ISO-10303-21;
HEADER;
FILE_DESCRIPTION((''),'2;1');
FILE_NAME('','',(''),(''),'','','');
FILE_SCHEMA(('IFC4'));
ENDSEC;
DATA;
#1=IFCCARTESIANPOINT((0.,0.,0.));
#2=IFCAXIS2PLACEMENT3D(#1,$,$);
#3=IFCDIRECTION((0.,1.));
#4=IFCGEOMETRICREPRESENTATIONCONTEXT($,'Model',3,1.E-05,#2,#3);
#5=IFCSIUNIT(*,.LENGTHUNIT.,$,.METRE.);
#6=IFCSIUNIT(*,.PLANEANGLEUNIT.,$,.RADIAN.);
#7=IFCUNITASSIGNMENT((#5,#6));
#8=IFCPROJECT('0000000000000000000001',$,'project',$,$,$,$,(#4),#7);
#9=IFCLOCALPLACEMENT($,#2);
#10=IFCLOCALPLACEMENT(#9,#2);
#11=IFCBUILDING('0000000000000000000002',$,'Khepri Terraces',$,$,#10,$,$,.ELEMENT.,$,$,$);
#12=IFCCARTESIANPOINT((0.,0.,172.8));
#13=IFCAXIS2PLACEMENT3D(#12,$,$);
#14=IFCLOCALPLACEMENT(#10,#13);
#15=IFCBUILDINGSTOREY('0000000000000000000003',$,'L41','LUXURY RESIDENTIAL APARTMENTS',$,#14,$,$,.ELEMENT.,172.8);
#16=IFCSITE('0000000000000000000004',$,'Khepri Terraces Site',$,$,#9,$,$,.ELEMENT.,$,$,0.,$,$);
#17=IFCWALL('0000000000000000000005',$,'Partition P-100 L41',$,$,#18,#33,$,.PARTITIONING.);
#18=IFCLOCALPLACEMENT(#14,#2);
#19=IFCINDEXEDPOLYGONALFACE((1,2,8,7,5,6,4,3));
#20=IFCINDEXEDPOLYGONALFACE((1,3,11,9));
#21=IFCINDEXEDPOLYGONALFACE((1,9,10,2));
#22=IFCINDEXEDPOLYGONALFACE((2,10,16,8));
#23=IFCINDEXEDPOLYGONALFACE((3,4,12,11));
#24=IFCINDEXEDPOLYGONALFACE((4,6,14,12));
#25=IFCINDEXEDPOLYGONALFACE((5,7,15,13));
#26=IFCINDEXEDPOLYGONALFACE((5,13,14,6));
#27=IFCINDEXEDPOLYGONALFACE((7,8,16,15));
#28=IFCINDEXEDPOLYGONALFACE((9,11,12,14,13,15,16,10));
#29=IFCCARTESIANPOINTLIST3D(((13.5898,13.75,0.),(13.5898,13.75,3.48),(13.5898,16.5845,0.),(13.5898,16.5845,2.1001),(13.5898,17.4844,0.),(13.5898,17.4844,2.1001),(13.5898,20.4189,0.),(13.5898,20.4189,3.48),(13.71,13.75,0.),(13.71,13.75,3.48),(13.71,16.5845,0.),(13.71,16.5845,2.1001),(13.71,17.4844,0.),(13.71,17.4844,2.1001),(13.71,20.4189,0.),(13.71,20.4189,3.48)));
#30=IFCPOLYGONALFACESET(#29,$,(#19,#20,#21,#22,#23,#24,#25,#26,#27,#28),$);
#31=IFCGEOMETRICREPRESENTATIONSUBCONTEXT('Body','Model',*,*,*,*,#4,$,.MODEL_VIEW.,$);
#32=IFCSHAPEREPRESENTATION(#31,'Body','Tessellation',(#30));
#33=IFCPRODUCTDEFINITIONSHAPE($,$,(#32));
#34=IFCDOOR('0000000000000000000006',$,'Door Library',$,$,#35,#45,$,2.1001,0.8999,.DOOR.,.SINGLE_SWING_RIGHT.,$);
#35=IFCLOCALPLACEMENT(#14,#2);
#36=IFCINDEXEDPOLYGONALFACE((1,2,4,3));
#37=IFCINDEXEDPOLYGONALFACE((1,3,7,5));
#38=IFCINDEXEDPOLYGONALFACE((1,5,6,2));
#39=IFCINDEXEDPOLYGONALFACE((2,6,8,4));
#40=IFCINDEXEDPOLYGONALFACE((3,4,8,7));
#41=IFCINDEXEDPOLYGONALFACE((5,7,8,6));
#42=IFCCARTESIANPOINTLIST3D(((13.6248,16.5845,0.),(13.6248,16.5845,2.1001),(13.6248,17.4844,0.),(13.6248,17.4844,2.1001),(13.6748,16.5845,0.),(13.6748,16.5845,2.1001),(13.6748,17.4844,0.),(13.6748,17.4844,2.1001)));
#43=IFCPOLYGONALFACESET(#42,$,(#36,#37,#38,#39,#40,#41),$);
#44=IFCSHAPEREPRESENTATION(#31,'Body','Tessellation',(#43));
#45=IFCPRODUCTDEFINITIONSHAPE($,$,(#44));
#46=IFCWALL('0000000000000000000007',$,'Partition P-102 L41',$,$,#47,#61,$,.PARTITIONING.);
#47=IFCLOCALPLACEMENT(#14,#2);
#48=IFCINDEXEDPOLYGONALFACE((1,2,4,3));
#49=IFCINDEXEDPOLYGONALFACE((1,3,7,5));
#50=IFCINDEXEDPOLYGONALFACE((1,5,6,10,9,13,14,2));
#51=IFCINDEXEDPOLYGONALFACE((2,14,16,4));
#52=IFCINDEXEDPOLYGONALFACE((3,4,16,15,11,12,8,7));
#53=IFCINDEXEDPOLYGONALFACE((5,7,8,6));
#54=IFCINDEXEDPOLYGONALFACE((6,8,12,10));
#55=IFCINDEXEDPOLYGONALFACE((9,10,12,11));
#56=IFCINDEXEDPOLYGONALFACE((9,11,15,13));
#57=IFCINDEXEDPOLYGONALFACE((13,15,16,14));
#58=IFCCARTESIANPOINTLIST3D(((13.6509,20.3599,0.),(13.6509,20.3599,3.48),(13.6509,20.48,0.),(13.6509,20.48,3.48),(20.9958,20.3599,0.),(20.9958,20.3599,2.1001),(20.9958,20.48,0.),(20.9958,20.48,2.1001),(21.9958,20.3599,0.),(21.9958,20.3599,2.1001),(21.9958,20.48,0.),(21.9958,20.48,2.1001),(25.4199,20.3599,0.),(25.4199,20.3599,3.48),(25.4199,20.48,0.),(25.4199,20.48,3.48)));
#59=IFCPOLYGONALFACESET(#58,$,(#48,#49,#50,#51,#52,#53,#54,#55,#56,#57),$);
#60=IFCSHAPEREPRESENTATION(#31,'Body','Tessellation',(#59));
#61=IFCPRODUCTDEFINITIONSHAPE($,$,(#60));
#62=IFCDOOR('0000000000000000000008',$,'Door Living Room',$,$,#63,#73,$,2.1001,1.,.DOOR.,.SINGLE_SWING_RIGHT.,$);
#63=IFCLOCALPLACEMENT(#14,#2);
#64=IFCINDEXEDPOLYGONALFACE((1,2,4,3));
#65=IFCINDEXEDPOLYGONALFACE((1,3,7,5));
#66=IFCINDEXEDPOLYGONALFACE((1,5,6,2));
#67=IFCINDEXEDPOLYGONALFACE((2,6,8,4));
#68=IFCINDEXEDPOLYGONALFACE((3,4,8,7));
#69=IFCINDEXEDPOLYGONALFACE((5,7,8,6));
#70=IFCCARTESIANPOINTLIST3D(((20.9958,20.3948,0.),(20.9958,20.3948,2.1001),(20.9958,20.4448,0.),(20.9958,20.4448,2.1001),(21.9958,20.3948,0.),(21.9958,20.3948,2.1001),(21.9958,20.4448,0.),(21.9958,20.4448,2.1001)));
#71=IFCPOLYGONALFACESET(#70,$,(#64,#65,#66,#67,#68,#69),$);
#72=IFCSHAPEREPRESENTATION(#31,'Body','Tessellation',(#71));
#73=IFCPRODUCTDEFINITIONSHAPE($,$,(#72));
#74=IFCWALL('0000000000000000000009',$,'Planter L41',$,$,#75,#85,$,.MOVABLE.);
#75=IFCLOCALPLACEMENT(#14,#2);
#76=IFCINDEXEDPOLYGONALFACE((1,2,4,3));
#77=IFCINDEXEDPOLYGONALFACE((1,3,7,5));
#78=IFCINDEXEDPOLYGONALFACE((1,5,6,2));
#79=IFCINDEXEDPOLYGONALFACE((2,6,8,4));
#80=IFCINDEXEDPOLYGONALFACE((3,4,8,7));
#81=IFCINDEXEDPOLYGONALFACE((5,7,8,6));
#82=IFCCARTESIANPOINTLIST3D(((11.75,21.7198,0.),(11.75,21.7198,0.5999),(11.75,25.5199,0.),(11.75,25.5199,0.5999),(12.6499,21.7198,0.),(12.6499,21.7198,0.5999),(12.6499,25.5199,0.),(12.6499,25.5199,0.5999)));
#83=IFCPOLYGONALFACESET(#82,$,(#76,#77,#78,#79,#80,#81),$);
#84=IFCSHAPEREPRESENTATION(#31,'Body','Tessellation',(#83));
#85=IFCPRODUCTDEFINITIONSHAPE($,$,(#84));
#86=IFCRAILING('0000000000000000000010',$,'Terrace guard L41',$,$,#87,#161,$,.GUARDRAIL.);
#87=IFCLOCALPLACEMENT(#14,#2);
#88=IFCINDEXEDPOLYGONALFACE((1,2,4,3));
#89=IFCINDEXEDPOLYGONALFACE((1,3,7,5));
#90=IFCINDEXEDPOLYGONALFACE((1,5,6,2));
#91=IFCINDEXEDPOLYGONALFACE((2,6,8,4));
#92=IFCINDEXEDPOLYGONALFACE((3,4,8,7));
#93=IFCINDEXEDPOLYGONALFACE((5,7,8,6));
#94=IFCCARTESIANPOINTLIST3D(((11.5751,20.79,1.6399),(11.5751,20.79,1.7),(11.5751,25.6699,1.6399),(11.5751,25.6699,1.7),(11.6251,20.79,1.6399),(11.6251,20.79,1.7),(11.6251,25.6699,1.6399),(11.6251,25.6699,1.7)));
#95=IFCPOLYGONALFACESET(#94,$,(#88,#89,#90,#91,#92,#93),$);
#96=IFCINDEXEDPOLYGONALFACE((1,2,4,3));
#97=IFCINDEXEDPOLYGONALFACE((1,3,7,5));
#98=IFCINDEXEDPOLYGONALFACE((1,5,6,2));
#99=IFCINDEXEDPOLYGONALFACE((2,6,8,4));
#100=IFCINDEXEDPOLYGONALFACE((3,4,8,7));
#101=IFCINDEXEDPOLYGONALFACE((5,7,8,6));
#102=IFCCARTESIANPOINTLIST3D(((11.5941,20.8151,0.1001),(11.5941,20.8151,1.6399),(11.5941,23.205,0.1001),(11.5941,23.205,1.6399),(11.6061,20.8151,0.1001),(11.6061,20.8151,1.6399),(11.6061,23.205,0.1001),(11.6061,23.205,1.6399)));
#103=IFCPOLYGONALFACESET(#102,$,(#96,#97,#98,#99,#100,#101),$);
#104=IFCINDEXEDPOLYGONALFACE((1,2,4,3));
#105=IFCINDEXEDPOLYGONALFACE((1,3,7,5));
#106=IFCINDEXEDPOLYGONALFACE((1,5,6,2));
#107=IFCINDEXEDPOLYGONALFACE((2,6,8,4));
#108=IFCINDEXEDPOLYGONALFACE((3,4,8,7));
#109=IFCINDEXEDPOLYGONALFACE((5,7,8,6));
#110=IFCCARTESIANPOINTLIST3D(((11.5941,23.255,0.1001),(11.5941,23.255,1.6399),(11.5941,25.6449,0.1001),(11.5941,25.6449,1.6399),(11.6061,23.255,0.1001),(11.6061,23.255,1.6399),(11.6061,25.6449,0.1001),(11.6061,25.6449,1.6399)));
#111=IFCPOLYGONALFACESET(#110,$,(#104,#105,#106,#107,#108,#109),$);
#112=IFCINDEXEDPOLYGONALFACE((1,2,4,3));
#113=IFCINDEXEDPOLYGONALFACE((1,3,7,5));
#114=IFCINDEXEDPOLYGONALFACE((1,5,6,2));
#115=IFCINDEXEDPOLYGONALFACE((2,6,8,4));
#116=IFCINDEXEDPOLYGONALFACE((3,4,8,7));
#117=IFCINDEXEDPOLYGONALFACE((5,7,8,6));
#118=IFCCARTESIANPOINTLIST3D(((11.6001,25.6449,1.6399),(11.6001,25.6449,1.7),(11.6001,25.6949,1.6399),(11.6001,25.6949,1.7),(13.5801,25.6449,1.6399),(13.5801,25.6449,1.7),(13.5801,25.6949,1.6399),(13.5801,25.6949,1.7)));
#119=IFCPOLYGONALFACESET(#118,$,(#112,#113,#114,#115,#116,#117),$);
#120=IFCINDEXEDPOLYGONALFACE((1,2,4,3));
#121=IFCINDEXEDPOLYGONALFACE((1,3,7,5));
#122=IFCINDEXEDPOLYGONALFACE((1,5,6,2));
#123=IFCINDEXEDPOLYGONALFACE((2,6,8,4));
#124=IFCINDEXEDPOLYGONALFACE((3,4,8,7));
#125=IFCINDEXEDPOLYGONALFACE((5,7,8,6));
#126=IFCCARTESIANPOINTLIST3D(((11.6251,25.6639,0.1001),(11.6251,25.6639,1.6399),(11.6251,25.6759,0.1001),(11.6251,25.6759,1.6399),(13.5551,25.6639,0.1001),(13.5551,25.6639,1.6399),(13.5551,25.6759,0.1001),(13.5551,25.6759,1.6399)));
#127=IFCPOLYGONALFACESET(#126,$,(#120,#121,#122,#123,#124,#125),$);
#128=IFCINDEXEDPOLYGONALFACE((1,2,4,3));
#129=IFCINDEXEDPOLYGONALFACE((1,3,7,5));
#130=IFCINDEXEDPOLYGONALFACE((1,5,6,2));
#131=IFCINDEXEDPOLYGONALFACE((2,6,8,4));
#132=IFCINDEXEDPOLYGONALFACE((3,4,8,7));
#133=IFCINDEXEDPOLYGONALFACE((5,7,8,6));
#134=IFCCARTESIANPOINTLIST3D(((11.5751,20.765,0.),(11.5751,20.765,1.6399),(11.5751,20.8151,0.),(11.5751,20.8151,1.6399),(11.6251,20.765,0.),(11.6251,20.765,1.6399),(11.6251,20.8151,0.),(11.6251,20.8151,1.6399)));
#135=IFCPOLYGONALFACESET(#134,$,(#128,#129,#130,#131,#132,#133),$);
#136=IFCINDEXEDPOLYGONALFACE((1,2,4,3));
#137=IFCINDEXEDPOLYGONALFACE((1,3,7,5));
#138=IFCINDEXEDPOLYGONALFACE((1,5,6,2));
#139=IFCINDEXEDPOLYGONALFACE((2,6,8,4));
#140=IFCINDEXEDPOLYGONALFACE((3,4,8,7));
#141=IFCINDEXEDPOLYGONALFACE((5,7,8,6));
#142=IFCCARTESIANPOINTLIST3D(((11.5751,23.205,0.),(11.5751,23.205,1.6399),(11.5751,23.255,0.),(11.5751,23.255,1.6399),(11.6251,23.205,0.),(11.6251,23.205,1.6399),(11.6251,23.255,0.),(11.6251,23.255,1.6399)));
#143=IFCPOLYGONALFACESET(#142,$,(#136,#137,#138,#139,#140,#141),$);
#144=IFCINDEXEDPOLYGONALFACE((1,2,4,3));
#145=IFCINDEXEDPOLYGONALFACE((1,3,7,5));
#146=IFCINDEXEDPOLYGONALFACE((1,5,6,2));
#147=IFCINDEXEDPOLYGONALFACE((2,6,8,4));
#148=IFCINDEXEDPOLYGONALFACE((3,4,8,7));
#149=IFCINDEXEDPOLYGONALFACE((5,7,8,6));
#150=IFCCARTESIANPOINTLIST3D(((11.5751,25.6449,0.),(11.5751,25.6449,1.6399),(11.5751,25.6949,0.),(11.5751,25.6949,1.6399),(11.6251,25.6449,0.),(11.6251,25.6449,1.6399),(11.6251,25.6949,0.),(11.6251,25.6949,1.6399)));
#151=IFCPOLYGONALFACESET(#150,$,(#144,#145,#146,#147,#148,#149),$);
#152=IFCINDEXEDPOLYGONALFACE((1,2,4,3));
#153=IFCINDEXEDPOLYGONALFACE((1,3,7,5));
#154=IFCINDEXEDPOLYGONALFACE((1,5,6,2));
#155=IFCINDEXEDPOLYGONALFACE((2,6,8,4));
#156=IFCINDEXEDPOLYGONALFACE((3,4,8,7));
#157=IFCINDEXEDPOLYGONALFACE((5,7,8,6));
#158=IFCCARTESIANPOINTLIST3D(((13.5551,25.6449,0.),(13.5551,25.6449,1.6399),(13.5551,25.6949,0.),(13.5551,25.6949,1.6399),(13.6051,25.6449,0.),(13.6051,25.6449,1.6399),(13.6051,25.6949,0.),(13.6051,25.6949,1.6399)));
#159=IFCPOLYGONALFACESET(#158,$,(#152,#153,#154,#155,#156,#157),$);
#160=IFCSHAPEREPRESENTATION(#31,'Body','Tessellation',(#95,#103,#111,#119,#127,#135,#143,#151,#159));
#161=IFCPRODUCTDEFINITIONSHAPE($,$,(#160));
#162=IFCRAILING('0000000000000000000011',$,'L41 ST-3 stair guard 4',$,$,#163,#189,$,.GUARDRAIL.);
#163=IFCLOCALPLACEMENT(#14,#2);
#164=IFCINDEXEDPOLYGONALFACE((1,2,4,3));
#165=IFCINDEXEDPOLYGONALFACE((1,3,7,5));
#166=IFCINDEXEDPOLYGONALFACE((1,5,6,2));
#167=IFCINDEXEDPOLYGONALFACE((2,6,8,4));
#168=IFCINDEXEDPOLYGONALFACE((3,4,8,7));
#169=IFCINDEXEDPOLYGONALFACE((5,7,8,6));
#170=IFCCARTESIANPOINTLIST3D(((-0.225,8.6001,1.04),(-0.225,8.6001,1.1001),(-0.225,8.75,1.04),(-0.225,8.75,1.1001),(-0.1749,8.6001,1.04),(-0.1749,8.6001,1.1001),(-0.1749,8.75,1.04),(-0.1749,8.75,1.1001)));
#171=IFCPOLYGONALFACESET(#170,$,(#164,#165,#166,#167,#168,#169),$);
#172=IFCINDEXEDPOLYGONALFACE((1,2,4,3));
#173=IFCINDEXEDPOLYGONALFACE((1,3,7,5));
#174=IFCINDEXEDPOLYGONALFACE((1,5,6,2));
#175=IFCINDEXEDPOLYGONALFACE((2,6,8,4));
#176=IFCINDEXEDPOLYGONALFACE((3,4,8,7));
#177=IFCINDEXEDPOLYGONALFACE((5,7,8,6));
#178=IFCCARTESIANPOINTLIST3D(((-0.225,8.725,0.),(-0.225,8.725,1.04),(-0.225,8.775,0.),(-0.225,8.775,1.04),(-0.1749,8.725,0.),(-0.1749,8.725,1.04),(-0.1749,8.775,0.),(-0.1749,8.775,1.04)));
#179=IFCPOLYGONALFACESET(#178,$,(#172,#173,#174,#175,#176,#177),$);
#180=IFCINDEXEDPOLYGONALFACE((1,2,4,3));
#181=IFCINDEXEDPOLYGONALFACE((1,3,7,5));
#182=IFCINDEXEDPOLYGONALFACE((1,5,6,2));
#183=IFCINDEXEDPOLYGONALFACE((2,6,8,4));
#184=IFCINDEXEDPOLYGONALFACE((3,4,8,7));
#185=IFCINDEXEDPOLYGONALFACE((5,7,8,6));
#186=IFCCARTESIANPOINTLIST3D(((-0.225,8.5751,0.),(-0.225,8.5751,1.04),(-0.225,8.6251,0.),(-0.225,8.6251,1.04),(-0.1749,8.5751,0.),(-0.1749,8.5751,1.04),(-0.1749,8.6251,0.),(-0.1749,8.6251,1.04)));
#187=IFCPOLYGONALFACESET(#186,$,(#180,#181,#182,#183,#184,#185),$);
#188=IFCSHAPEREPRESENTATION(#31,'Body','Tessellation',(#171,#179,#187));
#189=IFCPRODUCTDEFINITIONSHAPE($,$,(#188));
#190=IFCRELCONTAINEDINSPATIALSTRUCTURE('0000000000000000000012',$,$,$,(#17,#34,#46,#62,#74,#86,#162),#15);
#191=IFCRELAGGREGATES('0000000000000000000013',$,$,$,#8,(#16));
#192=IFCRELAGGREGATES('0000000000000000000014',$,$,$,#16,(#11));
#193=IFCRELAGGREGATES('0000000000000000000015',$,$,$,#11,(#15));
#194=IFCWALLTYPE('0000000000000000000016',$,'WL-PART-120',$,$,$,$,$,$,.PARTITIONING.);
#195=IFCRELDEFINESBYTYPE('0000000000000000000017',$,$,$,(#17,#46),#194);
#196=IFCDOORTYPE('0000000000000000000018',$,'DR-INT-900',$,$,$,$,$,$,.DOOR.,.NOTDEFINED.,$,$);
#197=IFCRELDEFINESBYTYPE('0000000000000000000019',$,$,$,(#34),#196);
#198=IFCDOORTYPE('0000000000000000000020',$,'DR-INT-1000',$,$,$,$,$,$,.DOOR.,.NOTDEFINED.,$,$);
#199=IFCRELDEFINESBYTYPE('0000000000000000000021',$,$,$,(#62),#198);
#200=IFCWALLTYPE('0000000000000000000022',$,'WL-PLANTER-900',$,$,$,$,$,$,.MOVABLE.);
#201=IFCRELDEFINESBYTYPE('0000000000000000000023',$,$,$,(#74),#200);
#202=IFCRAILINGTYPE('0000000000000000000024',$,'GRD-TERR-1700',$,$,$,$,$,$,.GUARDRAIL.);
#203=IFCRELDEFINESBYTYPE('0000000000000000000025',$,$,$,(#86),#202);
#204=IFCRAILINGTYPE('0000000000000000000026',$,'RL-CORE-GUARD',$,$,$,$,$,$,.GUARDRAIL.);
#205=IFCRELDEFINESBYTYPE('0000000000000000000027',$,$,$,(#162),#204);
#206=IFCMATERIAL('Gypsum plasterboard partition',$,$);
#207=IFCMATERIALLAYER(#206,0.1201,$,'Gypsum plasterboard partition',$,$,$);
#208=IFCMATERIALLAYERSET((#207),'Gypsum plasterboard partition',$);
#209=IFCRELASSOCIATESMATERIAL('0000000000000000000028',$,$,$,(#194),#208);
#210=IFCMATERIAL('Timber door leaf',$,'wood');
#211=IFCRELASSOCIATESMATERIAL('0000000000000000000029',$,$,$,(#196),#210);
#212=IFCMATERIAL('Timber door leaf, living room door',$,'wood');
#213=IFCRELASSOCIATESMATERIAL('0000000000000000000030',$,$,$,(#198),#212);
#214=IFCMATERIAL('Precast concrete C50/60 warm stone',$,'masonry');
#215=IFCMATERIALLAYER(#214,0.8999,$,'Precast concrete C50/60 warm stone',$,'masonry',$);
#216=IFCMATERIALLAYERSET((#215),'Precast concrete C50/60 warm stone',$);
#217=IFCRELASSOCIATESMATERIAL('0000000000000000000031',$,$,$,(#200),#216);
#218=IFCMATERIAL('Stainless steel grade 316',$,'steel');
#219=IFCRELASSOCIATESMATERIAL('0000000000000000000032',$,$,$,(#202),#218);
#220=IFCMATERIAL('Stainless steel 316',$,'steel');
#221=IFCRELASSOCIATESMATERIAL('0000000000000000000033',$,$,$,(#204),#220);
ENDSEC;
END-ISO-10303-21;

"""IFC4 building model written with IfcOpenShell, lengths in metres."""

from ifc_helpers import new_model, si_unit, direction, frame, frame_2d, origin, origin_2d, place, context, subcontext, project, spatial, rectangle, extrude, material, layer, layer_set, type_object, element, fill, save


model = new_model("IFC4")

# Units and contexts
model_context = context("Model", 3, precision=1e-05, world=origin(), true_north=direction((0.0, 1.0)))
body_context = subcontext(model_context, "Body", "Model", "MODEL_VIEW")
ifc_project = project(units=[si_unit("LENGTHUNIT", "METRE"), si_unit("PLANEANGLEUNIT", "RADIAN")], contexts=[model_context])

# Site, building, storey
site_placement = place(None, origin())
site = spatial("IfcSite", under=ifc_project, at=site_placement, Name="Khepri Terraces Site", CompositionType="ELEMENT", RefElevation=0.0)
building_placement = place(site_placement, origin())
building = spatial("IfcBuilding", under=site, at=building_placement, Name="Khepri Terraces", CompositionType="ELEMENT")
storey_placement = place(building_placement, frame((0.0, 0.0, 172.8)))
storey = spatial("IfcBuildingStorey", under=building, at=storey_placement, Name="L41", Description="LUXURY RESIDENTIAL APARTMENTS", CompositionType="ELEMENT", Elevation=172.8)

# Shared definitions
ifc_material_1 = material(Name="Precast concrete C50/60 warm stone", Category="masonry")

# Shared definitions
ifc_material_2 = material(Name="Gypsum plasterboard partition")
ifc_layer_1 = layer(ifc_material_2, 0.1201, Name="Gypsum plasterboard partition")
ifc_layer_set_1 = layer_set([ifc_layer_1], Name="Gypsum plasterboard partition")
wall_type_1 = type_object("IfcWallType", Name="WL-PART-120", PredefinedType="PARTITIONING", material=ifc_layer_set_1)

# Walls, openings, doors
wall_1_placement = place(storey_placement, frame((13.6499, 13.75, 0.0), z_axis=(0.0, 0.0, 1.0), x_axis=(0.0, 1.0, 0.0)))
wall_1 = element("IfcWall", 1, at=wall_1_placement, inside=storey, type_object=wall_type_1, Name="Partition P-100 L41", PredefinedType="PARTITIONING", context=body_context, shape_type="SweptSolid", body=[
    extrude(rectangle(XDim=6.6689, YDim=0.1201, at=frame_2d((3.3345, 0.0))), origin(), (0.0, 0.0, 1.0), 3.48),
])
opening_1_placement = place(wall_1_placement, frame((2.8345, 0.0, 0.0)))
opening_1 = element("IfcOpeningElement", 2, at=opening_1_placement, cuts=wall_1, PredefinedType="OPENING", context=body_context, shape_type="SweptSolid", body=[
    extrude(rectangle(XDim=0.8999, YDim=2.1001, at=frame_2d((0.45, 1.05))), frame((0.0, 0.0701, 0.0), z_axis=(0.0, -1.0, 0.0), x_axis=(1.0, 0.0, 0.0)), (0.0, 0.0, 1.0), 0.1401),
])
ifc_material_3 = material(Name="Timber door leaf", Category="wood")
door_type_1 = type_object("IfcDoorType", Name="DR-INT-900", OperationType="NOTDEFINED", PredefinedType="DOOR", material=ifc_material_3)
door_1_placement = place(opening_1_placement, frame((0.8999, 0.0, 0.0), z_axis=(0.0, 0.0, 1.0), x_axis=(-1.0, 0.0, 0.0)))
door_1 = element("IfcDoor", 3, at=door_1_placement, inside=storey, type_object=door_type_1, Name="Door Library", OperationType="SINGLE_SWING_RIGHT", OverallHeight=2.1001, OverallWidth=0.8999, PredefinedType="DOOR", context=body_context, shape_type="SweptSolid", body=[
    extrude(rectangle(XDim=0.8999, YDim=2.1001, at=frame_2d((0.45, 1.05))), frame((0.0, 0.0249, 0.0), z_axis=(0.0, -1.0, 0.0), x_axis=(1.0, 0.0, 0.0)), (0.0, 0.0, 1.0), 0.05),
])
fill(opening_1, door_1)
wall_2_placement = place(storey_placement, frame((13.6509, 20.4199, 0.0), z_axis=(0.0, 0.0, 1.0), x_axis=(1.0, 0.0, 0.0)))
wall_2 = element("IfcWall", 4, at=wall_2_placement, inside=storey, type_object=wall_type_1, Name="Partition P-102 L41", PredefinedType="PARTITIONING", context=body_context, shape_type="SweptSolid", body=[
    extrude(rectangle(XDim=11.769, YDim=0.1201, at=frame_2d((5.8845, 0.0))), origin(), (0.0, 0.0, 1.0), 3.48),
])
opening_2_placement = place(wall_2_placement, frame((7.345, 0.0, 0.0)))
opening_2 = element("IfcOpeningElement", 5, at=opening_2_placement, cuts=wall_2, PredefinedType="OPENING", context=body_context, shape_type="SweptSolid", body=[
    extrude(rectangle(XDim=1.0, YDim=2.1001, at=frame_2d((0.5, 1.05))), frame((0.0, 0.0701, 0.0), z_axis=(0.0, -1.0, 0.0), x_axis=(1.0, 0.0, 0.0)), (0.0, 0.0, 1.0), 0.1401),
])
ifc_material_4 = material(Name="Timber door leaf, living room door", Category="wood")
door_type_2 = type_object("IfcDoorType", Name="DR-INT-1000", OperationType="NOTDEFINED", PredefinedType="DOOR", material=ifc_material_4)
door_2_placement = place(opening_2_placement, origin())
door_2 = element("IfcDoor", 6, at=door_2_placement, inside=storey, type_object=door_type_2, Name="Door Living Room", OperationType="SINGLE_SWING_RIGHT", OverallHeight=2.1001, OverallWidth=1.0, PredefinedType="DOOR", context=body_context, shape_type="SweptSolid", body=[
    extrude(rectangle(XDim=1.0, YDim=2.1001, at=frame_2d((0.5, 1.05))), frame((0.0, 0.0249, 0.0), z_axis=(0.0, -1.0, 0.0), x_axis=(1.0, 0.0, 0.0)), (0.0, 0.0, 1.0), 0.05),
])
fill(opening_2, door_2)

# Wall
ifc_layer_2 = layer(ifc_material_1, 0.8999, Name="Precast concrete C50/60 warm stone", Category="masonry")
ifc_layer_set_2 = layer_set([ifc_layer_2], Name="Precast concrete C50/60 warm stone")
wall_type_2 = type_object("IfcWallType", Name="WL-PLANTER-900", PredefinedType="MOVABLE", material=ifc_layer_set_2)
wall_3_placement = place(storey_placement, frame((12.2, 21.72, 0.0), z_axis=(0.0, 0.0, 1.0), x_axis=(0.0, 1.0, 0.0)))
element("IfcWall", 7, at=wall_3_placement, inside=storey, type_object=wall_type_2, Name="Planter L41", PredefinedType="MOVABLE", context=body_context, shape_type="SweptSolid", body=[
    extrude(rectangle(XDim=3.8, YDim=0.8999, at=frame_2d((1.8999, 0.0))), origin(), (0.0, 0.0, 1.0), 0.5999),
])

# Railings
ifc_material_5 = material(Name="Stainless steel grade 316", Category="steel")
railing_type_1 = type_object("IfcRailingType", Name="GRD-TERR-1700", PredefinedType="GUARDRAIL", material=ifc_material_5)
railing_1_placement = place(storey_placement, frame((11.6001, 20.79, 0.0)))
element("IfcRailing", 8, at=railing_1_placement, inside=storey, type_object=railing_type_1, Name="Terrace guard L41", PredefinedType="GUARDRAIL", context=body_context, shape_type="SweptSolid", body=[
    extrude(rectangle(XDim=0.05, YDim=0.0601, at=origin_2d()), frame((0.0, 0.0, 1.6699), z_axis=(0.0, 1.0, 0.0), x_axis=(-1.0, 0.0, 0.0)), (0.0, 0.0, 1.0), 4.8799),
    extrude(rectangle(XDim=2.3899, YDim=0.012, at=origin_2d()), frame((0.0, 1.22, 0.1001), z_axis=(0.0, 0.0, 1.0), x_axis=(0.0, 1.0, 0.0)), (0.0, 0.0, 1.0), 1.5398),
    extrude(rectangle(XDim=2.3899, YDim=0.012, at=origin_2d()), frame((0.0, 3.6599, 0.1001), z_axis=(0.0, 0.0, 1.0), x_axis=(0.0, 1.0, 0.0)), (0.0, 0.0, 1.0), 1.5398),
    extrude(rectangle(XDim=0.05, YDim=0.0601, at=origin_2d()), frame((0.0, 4.8799, 1.6699), z_axis=(1.0, 0.0, 0.0), x_axis=(0.0, 1.0, 0.0)), (0.0, 0.0, 1.0), 1.98),
    extrude(rectangle(XDim=1.9299, YDim=0.012, at=origin_2d()), frame((0.99, 4.8799, 0.1001), z_axis=(0.0, 0.0, 1.0), x_axis=(1.0, 0.0, 0.0)), (0.0, 0.0, 1.0), 1.5398),
    extrude(rectangle(XDim=0.05, YDim=0.05, at=origin_2d()), origin(), (0.0, 0.0, 1.0), 1.6399),
    extrude(rectangle(XDim=0.05, YDim=0.05, at=origin_2d()), frame((0.0, 2.4399, 0.0)), (0.0, 0.0, 1.0), 1.6399),
    extrude(rectangle(XDim=0.05, YDim=0.05, at=origin_2d()), frame((0.0, 4.8799, 0.0)), (0.0, 0.0, 1.0), 1.6399),
    extrude(rectangle(XDim=0.05, YDim=0.05, at=origin_2d()), frame((1.98, 4.8799, 0.0)), (0.0, 0.0, 1.0), 1.6399),
])
ifc_material_6 = material(Name="Stainless steel 316", Category="steel")
railing_type_2 = type_object("IfcRailingType", Name="RL-CORE-GUARD", PredefinedType="GUARDRAIL", material=ifc_material_6)
railing_2_placement = place(storey_placement, frame((-0.2, 8.75, 0.0)))
element("IfcRailing", 9, at=railing_2_placement, inside=storey, type_object=railing_type_2, Name="L41 ST-3 stair guard 4", PredefinedType="GUARDRAIL", context=body_context, shape_type="SweptSolid", body=[
    extrude(rectangle(XDim=0.05, YDim=0.0601, at=origin_2d()), frame((0.0, 0.0, 1.0701), z_axis=(0.0, -1.0, 0.0), x_axis=(1.0, 0.0, 0.0)), (0.0, 0.0, 1.0), 0.1499),
    extrude(rectangle(XDim=0.05, YDim=0.05, at=origin_2d()), origin(), (0.0, 0.0, 1.0), 1.04),
    extrude(rectangle(XDim=0.05, YDim=0.05, at=origin_2d()), frame((0.0, -0.1499, 0.0)), (0.0, 0.0, 1.0), 1.04),
])

save(model, "model.ifc")
